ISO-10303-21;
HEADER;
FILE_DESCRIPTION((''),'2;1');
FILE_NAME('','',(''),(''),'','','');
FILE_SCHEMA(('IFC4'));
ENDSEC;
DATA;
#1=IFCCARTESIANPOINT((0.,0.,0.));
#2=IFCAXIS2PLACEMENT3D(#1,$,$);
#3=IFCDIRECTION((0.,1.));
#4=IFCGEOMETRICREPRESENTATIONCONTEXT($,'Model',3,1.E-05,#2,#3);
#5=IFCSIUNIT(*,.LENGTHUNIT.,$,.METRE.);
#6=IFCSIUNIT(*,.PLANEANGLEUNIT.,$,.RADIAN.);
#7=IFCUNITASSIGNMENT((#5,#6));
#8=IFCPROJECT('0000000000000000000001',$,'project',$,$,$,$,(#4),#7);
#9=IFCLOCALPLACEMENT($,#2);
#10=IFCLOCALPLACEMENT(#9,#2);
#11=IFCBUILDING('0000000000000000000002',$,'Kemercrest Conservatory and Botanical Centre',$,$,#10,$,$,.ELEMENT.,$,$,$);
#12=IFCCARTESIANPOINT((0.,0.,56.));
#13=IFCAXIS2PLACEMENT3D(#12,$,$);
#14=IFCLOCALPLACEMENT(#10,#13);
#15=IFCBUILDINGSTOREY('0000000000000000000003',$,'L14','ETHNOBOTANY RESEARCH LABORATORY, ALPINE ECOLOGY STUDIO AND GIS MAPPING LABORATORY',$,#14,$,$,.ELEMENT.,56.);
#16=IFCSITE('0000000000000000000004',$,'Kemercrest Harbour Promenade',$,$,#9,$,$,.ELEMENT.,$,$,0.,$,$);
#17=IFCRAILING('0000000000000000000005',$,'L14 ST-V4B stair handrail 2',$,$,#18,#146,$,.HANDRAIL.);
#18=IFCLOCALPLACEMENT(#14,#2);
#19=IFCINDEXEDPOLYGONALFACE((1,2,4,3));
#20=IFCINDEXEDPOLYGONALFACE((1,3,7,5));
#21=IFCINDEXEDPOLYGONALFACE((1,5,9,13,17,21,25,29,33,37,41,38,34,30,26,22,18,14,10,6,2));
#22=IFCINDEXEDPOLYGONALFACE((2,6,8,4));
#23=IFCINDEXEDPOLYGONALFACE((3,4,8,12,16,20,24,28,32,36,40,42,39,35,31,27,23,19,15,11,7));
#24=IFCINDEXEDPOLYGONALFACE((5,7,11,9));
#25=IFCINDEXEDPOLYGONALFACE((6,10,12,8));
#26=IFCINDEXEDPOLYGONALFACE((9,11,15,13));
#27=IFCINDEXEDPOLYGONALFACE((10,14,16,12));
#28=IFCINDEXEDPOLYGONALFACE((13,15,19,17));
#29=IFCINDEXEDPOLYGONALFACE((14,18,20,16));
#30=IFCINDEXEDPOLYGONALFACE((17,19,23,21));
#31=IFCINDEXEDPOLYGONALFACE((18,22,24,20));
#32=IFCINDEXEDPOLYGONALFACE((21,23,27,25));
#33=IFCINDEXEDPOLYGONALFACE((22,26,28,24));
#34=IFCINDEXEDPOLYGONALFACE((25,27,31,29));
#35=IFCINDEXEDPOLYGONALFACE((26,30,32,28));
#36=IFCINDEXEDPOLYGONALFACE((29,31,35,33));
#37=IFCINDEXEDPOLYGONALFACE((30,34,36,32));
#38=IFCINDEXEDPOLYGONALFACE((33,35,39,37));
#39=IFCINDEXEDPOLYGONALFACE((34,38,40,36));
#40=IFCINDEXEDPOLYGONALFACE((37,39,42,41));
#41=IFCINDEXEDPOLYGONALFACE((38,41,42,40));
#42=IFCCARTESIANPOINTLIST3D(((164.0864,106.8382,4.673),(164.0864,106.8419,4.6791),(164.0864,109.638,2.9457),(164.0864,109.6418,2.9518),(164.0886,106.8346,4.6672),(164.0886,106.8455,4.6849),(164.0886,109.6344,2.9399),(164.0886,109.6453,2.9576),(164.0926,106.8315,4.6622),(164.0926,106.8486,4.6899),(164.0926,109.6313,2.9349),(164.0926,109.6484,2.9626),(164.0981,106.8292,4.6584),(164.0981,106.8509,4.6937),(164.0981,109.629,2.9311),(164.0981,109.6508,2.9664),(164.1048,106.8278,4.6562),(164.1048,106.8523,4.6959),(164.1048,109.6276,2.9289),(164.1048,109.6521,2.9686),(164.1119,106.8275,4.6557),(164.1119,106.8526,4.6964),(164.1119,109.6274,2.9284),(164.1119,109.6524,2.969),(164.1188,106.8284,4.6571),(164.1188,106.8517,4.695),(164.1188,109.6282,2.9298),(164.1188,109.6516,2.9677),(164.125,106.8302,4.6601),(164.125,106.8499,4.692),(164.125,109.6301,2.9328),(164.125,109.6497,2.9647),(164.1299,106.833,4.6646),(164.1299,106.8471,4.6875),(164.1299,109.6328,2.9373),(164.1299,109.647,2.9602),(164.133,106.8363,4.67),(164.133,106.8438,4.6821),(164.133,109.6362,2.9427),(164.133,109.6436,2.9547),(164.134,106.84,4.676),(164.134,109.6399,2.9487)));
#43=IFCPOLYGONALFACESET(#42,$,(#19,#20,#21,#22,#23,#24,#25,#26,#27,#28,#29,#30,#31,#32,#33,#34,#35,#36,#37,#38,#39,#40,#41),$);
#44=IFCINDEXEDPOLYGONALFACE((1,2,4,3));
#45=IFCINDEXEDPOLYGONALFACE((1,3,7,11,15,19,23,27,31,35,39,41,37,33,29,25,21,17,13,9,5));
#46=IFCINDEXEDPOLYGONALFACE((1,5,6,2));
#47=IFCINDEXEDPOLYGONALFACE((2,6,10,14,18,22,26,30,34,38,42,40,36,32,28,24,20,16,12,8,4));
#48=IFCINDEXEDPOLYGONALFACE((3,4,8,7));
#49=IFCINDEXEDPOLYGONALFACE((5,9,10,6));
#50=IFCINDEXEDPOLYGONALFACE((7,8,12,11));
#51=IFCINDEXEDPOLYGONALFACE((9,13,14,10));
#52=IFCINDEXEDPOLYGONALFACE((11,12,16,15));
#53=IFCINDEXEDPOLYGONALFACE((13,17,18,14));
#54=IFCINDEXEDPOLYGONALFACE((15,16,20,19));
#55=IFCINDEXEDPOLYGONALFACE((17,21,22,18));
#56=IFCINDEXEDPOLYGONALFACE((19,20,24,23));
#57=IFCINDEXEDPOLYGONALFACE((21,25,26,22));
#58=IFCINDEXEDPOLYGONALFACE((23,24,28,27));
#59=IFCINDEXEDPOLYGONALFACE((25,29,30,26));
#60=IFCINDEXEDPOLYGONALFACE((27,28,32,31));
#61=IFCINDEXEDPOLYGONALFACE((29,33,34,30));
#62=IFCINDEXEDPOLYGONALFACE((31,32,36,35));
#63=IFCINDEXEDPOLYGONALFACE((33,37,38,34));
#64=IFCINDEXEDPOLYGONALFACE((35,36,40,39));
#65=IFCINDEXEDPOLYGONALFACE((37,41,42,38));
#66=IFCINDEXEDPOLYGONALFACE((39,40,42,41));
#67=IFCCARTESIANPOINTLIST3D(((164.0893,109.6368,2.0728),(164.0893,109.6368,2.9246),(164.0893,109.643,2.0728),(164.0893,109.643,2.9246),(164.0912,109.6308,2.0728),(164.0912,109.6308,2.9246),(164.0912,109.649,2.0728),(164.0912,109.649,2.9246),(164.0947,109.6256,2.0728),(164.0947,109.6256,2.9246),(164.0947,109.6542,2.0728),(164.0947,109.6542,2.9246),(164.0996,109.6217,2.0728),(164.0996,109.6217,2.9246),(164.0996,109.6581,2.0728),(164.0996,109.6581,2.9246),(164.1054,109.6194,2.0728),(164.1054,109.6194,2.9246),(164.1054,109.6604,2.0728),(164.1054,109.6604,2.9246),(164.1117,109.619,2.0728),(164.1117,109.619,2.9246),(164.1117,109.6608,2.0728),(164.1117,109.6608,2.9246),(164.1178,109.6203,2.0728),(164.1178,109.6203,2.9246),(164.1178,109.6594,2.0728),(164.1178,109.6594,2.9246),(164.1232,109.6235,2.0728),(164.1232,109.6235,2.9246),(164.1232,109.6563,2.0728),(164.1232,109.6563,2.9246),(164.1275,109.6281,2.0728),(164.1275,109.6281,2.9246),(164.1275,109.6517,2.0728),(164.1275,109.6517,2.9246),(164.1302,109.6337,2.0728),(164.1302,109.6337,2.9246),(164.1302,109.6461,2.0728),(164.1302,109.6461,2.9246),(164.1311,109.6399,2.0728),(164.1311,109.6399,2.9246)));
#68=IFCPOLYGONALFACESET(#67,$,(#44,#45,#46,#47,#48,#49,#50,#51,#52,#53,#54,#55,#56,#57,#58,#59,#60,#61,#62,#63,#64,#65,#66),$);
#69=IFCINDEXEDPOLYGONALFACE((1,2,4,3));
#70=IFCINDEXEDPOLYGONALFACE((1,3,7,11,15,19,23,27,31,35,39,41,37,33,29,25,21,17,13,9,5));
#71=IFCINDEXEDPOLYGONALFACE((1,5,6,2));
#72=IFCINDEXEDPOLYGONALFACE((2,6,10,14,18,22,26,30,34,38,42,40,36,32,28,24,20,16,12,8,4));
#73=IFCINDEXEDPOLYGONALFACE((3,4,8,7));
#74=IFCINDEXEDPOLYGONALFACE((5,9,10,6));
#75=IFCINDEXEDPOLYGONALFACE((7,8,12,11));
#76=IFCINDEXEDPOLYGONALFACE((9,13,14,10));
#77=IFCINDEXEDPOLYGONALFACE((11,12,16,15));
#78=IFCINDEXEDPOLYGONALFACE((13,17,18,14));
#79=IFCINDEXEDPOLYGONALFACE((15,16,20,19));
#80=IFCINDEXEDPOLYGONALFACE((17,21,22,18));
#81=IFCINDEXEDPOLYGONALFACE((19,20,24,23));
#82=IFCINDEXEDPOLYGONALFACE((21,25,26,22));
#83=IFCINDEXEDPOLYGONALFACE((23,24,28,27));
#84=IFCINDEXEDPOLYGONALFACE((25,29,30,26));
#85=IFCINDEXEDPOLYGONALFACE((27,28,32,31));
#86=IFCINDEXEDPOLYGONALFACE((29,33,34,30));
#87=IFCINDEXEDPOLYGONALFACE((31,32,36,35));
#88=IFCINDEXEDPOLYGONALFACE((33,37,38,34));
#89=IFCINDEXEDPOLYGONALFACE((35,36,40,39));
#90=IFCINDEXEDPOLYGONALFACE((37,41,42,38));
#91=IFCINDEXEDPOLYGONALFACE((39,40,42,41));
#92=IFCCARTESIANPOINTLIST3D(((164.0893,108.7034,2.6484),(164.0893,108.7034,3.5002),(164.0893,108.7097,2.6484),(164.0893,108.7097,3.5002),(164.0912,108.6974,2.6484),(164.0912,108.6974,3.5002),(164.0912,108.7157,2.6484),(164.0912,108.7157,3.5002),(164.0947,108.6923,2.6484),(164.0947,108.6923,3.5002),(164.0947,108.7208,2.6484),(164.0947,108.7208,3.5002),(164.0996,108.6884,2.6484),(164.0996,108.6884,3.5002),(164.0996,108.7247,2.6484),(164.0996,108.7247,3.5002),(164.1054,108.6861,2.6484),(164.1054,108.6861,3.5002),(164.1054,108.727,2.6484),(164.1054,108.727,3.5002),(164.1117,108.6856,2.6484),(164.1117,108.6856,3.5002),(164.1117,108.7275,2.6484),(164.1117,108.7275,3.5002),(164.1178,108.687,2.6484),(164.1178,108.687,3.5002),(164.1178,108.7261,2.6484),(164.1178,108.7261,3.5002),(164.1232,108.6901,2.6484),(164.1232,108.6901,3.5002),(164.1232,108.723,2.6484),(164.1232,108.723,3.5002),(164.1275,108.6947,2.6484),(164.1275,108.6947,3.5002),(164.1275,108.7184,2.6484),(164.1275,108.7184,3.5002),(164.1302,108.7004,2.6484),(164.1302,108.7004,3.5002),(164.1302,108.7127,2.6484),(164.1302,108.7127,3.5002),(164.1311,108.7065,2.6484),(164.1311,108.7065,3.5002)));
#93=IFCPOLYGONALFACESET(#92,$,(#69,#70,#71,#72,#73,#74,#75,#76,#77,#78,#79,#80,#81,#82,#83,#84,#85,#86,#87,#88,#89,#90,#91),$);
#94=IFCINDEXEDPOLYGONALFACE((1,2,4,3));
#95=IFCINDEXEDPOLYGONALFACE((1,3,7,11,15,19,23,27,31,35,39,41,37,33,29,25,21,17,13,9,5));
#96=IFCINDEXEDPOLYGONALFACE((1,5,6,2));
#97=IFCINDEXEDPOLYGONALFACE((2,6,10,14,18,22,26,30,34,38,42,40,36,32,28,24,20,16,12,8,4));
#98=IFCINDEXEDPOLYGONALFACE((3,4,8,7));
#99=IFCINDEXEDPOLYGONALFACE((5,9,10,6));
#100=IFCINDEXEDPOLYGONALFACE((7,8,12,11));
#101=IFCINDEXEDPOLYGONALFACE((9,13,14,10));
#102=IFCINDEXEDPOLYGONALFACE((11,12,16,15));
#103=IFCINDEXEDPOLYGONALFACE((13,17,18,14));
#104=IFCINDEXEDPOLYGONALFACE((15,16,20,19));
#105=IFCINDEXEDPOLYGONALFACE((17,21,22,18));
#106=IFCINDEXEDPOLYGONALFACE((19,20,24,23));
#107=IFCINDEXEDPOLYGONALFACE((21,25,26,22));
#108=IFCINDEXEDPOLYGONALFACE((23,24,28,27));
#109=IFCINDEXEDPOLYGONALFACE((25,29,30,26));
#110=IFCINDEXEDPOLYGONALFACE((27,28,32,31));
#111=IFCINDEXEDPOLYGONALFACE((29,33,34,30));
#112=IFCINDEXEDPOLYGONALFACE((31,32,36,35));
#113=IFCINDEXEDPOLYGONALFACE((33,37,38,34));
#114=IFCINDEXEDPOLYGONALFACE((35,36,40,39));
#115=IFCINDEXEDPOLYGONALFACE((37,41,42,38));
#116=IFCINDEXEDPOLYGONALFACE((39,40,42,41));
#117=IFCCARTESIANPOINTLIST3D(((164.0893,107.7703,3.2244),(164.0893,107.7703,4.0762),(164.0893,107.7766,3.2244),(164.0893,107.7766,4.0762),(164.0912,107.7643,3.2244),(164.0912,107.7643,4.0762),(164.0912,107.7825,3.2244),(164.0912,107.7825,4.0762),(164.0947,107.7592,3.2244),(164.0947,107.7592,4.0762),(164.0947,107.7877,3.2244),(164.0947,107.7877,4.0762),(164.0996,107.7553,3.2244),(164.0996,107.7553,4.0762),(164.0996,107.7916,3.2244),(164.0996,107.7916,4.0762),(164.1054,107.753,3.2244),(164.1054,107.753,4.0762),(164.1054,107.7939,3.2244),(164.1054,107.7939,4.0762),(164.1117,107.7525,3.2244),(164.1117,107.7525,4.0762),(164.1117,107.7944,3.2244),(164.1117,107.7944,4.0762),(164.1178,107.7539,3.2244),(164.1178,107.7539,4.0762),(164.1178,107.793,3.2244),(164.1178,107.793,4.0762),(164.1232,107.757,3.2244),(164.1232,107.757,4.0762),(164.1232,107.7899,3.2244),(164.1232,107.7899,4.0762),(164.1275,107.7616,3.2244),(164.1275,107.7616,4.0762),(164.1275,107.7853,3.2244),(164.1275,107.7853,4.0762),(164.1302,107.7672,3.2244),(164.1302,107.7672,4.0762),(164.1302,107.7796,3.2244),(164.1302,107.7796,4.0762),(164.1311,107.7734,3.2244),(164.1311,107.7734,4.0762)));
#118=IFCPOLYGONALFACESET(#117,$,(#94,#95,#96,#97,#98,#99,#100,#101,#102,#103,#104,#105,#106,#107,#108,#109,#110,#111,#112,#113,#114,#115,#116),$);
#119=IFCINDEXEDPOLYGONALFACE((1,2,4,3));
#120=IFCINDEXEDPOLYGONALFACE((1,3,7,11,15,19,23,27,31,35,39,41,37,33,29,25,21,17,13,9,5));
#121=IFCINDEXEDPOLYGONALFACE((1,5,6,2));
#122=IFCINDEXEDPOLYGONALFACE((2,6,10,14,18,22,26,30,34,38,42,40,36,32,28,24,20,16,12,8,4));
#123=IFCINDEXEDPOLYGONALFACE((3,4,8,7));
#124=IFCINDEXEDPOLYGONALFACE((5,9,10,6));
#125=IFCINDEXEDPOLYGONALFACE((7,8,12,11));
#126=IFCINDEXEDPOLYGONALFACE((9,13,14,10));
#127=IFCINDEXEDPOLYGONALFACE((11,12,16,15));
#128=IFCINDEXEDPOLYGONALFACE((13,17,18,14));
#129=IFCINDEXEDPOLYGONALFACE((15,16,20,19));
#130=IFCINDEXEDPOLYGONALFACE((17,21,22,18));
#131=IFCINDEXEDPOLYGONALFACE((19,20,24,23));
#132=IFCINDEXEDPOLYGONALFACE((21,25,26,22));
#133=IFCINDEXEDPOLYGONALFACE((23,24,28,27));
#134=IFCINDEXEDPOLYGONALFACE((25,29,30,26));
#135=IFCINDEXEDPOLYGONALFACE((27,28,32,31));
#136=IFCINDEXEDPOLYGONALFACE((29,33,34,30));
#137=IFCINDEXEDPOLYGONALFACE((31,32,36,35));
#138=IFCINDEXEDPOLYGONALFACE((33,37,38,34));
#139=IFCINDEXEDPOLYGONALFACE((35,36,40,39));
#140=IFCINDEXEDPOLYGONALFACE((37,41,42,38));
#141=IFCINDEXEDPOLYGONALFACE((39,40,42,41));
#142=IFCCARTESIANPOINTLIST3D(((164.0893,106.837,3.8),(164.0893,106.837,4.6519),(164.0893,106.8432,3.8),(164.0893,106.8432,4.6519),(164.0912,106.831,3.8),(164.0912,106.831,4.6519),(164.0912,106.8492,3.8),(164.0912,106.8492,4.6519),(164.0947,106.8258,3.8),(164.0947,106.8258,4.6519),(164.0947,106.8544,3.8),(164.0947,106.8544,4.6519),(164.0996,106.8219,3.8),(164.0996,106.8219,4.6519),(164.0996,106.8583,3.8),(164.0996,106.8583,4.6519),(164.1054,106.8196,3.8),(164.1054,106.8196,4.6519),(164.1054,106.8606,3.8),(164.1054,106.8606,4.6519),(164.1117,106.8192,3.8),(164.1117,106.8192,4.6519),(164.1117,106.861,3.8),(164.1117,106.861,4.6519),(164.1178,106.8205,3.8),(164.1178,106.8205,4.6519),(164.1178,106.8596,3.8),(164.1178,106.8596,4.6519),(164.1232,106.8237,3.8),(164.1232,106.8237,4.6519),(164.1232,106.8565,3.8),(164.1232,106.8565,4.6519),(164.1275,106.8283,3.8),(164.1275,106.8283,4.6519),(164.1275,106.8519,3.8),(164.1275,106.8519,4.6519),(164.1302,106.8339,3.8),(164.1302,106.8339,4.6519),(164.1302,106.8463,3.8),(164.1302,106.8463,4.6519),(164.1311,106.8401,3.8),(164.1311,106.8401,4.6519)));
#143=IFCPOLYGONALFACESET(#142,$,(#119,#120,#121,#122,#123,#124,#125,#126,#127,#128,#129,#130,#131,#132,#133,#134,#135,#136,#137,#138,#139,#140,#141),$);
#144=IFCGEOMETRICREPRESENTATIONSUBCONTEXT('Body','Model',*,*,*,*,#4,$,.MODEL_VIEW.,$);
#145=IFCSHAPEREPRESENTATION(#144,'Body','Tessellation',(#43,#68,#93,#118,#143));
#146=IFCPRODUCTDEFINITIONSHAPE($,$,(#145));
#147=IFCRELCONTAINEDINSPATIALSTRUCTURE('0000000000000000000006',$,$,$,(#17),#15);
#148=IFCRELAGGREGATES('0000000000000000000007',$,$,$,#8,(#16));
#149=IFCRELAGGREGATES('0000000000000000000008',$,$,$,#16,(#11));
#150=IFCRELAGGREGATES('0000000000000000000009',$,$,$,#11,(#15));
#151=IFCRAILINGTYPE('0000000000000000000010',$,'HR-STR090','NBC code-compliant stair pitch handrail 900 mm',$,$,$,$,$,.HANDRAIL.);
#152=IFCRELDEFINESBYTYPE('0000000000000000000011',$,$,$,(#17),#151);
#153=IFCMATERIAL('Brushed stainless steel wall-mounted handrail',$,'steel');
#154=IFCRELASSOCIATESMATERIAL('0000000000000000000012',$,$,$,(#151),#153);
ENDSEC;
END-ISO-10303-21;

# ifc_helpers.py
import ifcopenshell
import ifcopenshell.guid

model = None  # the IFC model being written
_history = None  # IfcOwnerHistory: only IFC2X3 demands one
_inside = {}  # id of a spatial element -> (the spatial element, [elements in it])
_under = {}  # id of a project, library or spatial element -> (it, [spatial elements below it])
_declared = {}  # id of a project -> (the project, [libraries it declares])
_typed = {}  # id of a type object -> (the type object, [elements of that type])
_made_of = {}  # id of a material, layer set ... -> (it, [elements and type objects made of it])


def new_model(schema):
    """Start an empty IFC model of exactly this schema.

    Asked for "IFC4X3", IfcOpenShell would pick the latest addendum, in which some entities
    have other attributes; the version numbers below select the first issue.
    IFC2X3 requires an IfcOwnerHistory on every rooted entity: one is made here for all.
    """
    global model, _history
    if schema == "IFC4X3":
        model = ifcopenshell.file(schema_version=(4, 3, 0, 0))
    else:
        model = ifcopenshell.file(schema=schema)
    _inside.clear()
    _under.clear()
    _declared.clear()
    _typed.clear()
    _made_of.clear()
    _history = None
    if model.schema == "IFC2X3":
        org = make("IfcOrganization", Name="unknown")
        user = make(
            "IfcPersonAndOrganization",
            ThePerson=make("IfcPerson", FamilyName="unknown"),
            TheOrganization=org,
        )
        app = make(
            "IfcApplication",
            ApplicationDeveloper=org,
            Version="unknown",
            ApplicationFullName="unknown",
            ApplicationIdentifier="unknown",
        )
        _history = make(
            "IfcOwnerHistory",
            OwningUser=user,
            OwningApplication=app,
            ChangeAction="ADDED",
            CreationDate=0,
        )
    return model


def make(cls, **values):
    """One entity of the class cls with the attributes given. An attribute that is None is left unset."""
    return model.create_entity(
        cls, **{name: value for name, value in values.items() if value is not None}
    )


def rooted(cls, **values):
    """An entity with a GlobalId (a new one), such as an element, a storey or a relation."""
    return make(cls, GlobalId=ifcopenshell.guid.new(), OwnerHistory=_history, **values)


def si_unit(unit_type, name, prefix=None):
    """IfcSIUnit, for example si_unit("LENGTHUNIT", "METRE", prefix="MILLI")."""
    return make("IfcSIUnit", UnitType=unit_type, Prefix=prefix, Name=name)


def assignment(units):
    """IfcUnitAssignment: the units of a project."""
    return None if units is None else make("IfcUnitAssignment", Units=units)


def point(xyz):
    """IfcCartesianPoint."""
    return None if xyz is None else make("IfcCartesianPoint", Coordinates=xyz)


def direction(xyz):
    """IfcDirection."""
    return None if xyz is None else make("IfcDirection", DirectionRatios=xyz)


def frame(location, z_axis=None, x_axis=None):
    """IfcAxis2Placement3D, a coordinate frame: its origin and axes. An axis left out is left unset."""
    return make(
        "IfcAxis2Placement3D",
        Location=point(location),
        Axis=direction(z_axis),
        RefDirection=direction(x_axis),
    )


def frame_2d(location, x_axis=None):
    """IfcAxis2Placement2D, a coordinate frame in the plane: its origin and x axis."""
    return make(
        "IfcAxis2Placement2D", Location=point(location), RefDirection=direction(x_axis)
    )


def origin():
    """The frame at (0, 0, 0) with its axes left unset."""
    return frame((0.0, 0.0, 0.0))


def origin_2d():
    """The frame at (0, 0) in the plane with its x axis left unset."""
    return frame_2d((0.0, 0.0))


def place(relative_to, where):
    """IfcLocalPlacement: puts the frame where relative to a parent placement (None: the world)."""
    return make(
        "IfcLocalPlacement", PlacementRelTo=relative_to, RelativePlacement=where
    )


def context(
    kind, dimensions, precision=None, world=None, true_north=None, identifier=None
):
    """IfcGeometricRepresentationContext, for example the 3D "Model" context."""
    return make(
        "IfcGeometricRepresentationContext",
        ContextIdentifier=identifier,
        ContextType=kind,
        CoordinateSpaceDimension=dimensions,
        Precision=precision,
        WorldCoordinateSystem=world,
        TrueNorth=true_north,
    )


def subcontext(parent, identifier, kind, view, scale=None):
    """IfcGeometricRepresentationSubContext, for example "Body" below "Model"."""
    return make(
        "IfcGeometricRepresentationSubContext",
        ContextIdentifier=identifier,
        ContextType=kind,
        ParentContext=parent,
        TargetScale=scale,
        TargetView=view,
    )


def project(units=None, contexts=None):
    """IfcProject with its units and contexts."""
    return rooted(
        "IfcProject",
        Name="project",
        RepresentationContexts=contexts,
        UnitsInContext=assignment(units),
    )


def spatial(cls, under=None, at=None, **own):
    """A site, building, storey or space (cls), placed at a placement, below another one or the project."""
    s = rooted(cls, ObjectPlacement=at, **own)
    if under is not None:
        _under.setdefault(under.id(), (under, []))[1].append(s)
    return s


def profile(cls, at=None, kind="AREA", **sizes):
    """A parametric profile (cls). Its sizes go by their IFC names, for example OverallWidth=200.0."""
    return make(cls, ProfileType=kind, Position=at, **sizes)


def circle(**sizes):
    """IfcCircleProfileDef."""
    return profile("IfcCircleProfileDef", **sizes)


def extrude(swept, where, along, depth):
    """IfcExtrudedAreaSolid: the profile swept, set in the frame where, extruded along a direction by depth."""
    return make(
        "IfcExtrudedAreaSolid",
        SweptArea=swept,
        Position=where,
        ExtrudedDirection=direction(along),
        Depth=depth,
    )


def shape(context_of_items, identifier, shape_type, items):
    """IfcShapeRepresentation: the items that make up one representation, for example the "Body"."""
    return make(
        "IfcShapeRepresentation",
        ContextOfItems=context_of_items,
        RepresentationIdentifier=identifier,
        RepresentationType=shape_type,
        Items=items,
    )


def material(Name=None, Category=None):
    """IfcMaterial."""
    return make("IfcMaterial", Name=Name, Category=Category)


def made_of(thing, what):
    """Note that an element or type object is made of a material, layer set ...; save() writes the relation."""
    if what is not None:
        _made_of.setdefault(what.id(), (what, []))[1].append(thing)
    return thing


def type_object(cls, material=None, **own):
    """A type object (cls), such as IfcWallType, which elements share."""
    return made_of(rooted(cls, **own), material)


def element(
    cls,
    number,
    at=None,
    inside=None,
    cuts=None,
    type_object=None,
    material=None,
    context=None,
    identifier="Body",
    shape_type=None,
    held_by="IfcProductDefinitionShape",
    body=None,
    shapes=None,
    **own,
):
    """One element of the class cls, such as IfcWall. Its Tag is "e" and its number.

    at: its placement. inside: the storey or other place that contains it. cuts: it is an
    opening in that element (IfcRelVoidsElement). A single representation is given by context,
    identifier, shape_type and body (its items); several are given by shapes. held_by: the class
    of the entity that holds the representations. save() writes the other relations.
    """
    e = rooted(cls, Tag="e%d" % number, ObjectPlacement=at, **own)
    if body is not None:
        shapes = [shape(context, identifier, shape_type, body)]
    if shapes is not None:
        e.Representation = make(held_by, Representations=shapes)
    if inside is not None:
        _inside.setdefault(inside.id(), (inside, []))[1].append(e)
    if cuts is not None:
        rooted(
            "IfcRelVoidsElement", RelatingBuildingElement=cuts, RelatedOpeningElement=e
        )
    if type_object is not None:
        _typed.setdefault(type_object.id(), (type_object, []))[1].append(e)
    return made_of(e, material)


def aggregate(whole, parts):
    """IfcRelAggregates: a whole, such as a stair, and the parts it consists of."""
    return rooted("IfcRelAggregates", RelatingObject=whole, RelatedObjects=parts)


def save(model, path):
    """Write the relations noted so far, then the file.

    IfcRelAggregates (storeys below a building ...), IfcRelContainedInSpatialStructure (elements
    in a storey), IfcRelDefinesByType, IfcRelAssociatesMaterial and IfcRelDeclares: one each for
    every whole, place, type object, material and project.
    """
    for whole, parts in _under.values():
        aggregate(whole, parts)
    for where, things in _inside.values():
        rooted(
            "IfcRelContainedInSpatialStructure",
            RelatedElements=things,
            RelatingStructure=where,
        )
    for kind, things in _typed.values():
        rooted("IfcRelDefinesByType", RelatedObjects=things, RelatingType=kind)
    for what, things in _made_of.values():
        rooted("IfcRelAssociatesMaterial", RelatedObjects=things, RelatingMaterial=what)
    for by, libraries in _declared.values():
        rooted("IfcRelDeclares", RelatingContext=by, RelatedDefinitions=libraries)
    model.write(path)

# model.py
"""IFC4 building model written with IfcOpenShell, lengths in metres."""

from ifc_helpers import new_model, si_unit, direction, frame, origin, origin_2d, place, context, subcontext, project, spatial, circle, extrude, material, type_object, element, save


model = new_model("IFC4")

# Units and contexts
model_context = context("Model", 3, precision=1e-05, world=origin(), true_north=direction((0.0, 1.0)))
body_context = subcontext(model_context, "Body", "Model", "MODEL_VIEW")
ifc_project = project(units=[si_unit("LENGTHUNIT", "METRE"), si_unit("PLANEANGLEUNIT", "RADIAN")], contexts=[model_context])

# Site, building, storey
site_placement = place(None, origin())
site = spatial("IfcSite", under=ifc_project, at=site_placement, Name="Kemercrest Harbour Promenade", CompositionType="ELEMENT", RefElevation=0.0)
building_placement = place(site_placement, origin())
building = spatial("IfcBuilding", under=site, at=building_placement, Name="Kemercrest Conservatory and Botanical Centre", CompositionType="ELEMENT")
storey_placement = place(building_placement, frame((0.0, 0.0, 56.0)))
storey = spatial("IfcBuildingStorey", under=building, at=storey_placement, Name="L14", Description="ETHNOBOTANY RESEARCH LABORATORY, ALPINE ECOLOGY STUDIO AND GIS MAPPING LABORATORY", CompositionType="ELEMENT", Elevation=56.0)

# Railing
ifc_material_1 = material(Name="Brushed stainless steel wall-mounted handrail", Category="steel")
railing_type_1 = type_object("IfcRailingType", Name="HR-STR090", Description="NBC code-compliant stair pitch handrail 900 mm", PredefinedType="HANDRAIL", material=ifc_material_1)
railing_1_placement = place(storey_placement, frame((164.1101, 109.6399, 2.0728)))
element("IfcRailing", 1, at=railing_1_placement, inside=storey, type_object=railing_type_1, Name="L14 ST-V4B stair handrail 2", PredefinedType="HANDRAIL", context=body_context, shape_type="SweptSolid", body=[
    extrude(circle(Radius=0.0239, at=origin_2d()), frame((0.0, 0.0, 0.876), z_axis=(0.0, -0.851069, 0.525054), x_axis=(1.0, 0.0, 0.0)), (0.0, 0.0, 1.0), 3.2898),
    extrude(circle(Radius=0.021, at=origin_2d()), origin(), (0.0, 0.0, 1.0), 0.8518),
    extrude(circle(Radius=0.021, at=origin_2d()), frame((0.0, -0.9333, 0.5757)), (0.0, 0.0, 1.0), 0.8518),
    extrude(circle(Radius=0.021, at=origin_2d()), frame((0.0, -1.8665, 1.1516)), (0.0, 0.0, 1.0), 0.8518),
    extrude(circle(Radius=0.021, at=origin_2d()), frame((0.0, -2.7998, 1.7273)), (0.0, 0.0, 1.0), 0.8518),
])

save(model, "model.ifc")
